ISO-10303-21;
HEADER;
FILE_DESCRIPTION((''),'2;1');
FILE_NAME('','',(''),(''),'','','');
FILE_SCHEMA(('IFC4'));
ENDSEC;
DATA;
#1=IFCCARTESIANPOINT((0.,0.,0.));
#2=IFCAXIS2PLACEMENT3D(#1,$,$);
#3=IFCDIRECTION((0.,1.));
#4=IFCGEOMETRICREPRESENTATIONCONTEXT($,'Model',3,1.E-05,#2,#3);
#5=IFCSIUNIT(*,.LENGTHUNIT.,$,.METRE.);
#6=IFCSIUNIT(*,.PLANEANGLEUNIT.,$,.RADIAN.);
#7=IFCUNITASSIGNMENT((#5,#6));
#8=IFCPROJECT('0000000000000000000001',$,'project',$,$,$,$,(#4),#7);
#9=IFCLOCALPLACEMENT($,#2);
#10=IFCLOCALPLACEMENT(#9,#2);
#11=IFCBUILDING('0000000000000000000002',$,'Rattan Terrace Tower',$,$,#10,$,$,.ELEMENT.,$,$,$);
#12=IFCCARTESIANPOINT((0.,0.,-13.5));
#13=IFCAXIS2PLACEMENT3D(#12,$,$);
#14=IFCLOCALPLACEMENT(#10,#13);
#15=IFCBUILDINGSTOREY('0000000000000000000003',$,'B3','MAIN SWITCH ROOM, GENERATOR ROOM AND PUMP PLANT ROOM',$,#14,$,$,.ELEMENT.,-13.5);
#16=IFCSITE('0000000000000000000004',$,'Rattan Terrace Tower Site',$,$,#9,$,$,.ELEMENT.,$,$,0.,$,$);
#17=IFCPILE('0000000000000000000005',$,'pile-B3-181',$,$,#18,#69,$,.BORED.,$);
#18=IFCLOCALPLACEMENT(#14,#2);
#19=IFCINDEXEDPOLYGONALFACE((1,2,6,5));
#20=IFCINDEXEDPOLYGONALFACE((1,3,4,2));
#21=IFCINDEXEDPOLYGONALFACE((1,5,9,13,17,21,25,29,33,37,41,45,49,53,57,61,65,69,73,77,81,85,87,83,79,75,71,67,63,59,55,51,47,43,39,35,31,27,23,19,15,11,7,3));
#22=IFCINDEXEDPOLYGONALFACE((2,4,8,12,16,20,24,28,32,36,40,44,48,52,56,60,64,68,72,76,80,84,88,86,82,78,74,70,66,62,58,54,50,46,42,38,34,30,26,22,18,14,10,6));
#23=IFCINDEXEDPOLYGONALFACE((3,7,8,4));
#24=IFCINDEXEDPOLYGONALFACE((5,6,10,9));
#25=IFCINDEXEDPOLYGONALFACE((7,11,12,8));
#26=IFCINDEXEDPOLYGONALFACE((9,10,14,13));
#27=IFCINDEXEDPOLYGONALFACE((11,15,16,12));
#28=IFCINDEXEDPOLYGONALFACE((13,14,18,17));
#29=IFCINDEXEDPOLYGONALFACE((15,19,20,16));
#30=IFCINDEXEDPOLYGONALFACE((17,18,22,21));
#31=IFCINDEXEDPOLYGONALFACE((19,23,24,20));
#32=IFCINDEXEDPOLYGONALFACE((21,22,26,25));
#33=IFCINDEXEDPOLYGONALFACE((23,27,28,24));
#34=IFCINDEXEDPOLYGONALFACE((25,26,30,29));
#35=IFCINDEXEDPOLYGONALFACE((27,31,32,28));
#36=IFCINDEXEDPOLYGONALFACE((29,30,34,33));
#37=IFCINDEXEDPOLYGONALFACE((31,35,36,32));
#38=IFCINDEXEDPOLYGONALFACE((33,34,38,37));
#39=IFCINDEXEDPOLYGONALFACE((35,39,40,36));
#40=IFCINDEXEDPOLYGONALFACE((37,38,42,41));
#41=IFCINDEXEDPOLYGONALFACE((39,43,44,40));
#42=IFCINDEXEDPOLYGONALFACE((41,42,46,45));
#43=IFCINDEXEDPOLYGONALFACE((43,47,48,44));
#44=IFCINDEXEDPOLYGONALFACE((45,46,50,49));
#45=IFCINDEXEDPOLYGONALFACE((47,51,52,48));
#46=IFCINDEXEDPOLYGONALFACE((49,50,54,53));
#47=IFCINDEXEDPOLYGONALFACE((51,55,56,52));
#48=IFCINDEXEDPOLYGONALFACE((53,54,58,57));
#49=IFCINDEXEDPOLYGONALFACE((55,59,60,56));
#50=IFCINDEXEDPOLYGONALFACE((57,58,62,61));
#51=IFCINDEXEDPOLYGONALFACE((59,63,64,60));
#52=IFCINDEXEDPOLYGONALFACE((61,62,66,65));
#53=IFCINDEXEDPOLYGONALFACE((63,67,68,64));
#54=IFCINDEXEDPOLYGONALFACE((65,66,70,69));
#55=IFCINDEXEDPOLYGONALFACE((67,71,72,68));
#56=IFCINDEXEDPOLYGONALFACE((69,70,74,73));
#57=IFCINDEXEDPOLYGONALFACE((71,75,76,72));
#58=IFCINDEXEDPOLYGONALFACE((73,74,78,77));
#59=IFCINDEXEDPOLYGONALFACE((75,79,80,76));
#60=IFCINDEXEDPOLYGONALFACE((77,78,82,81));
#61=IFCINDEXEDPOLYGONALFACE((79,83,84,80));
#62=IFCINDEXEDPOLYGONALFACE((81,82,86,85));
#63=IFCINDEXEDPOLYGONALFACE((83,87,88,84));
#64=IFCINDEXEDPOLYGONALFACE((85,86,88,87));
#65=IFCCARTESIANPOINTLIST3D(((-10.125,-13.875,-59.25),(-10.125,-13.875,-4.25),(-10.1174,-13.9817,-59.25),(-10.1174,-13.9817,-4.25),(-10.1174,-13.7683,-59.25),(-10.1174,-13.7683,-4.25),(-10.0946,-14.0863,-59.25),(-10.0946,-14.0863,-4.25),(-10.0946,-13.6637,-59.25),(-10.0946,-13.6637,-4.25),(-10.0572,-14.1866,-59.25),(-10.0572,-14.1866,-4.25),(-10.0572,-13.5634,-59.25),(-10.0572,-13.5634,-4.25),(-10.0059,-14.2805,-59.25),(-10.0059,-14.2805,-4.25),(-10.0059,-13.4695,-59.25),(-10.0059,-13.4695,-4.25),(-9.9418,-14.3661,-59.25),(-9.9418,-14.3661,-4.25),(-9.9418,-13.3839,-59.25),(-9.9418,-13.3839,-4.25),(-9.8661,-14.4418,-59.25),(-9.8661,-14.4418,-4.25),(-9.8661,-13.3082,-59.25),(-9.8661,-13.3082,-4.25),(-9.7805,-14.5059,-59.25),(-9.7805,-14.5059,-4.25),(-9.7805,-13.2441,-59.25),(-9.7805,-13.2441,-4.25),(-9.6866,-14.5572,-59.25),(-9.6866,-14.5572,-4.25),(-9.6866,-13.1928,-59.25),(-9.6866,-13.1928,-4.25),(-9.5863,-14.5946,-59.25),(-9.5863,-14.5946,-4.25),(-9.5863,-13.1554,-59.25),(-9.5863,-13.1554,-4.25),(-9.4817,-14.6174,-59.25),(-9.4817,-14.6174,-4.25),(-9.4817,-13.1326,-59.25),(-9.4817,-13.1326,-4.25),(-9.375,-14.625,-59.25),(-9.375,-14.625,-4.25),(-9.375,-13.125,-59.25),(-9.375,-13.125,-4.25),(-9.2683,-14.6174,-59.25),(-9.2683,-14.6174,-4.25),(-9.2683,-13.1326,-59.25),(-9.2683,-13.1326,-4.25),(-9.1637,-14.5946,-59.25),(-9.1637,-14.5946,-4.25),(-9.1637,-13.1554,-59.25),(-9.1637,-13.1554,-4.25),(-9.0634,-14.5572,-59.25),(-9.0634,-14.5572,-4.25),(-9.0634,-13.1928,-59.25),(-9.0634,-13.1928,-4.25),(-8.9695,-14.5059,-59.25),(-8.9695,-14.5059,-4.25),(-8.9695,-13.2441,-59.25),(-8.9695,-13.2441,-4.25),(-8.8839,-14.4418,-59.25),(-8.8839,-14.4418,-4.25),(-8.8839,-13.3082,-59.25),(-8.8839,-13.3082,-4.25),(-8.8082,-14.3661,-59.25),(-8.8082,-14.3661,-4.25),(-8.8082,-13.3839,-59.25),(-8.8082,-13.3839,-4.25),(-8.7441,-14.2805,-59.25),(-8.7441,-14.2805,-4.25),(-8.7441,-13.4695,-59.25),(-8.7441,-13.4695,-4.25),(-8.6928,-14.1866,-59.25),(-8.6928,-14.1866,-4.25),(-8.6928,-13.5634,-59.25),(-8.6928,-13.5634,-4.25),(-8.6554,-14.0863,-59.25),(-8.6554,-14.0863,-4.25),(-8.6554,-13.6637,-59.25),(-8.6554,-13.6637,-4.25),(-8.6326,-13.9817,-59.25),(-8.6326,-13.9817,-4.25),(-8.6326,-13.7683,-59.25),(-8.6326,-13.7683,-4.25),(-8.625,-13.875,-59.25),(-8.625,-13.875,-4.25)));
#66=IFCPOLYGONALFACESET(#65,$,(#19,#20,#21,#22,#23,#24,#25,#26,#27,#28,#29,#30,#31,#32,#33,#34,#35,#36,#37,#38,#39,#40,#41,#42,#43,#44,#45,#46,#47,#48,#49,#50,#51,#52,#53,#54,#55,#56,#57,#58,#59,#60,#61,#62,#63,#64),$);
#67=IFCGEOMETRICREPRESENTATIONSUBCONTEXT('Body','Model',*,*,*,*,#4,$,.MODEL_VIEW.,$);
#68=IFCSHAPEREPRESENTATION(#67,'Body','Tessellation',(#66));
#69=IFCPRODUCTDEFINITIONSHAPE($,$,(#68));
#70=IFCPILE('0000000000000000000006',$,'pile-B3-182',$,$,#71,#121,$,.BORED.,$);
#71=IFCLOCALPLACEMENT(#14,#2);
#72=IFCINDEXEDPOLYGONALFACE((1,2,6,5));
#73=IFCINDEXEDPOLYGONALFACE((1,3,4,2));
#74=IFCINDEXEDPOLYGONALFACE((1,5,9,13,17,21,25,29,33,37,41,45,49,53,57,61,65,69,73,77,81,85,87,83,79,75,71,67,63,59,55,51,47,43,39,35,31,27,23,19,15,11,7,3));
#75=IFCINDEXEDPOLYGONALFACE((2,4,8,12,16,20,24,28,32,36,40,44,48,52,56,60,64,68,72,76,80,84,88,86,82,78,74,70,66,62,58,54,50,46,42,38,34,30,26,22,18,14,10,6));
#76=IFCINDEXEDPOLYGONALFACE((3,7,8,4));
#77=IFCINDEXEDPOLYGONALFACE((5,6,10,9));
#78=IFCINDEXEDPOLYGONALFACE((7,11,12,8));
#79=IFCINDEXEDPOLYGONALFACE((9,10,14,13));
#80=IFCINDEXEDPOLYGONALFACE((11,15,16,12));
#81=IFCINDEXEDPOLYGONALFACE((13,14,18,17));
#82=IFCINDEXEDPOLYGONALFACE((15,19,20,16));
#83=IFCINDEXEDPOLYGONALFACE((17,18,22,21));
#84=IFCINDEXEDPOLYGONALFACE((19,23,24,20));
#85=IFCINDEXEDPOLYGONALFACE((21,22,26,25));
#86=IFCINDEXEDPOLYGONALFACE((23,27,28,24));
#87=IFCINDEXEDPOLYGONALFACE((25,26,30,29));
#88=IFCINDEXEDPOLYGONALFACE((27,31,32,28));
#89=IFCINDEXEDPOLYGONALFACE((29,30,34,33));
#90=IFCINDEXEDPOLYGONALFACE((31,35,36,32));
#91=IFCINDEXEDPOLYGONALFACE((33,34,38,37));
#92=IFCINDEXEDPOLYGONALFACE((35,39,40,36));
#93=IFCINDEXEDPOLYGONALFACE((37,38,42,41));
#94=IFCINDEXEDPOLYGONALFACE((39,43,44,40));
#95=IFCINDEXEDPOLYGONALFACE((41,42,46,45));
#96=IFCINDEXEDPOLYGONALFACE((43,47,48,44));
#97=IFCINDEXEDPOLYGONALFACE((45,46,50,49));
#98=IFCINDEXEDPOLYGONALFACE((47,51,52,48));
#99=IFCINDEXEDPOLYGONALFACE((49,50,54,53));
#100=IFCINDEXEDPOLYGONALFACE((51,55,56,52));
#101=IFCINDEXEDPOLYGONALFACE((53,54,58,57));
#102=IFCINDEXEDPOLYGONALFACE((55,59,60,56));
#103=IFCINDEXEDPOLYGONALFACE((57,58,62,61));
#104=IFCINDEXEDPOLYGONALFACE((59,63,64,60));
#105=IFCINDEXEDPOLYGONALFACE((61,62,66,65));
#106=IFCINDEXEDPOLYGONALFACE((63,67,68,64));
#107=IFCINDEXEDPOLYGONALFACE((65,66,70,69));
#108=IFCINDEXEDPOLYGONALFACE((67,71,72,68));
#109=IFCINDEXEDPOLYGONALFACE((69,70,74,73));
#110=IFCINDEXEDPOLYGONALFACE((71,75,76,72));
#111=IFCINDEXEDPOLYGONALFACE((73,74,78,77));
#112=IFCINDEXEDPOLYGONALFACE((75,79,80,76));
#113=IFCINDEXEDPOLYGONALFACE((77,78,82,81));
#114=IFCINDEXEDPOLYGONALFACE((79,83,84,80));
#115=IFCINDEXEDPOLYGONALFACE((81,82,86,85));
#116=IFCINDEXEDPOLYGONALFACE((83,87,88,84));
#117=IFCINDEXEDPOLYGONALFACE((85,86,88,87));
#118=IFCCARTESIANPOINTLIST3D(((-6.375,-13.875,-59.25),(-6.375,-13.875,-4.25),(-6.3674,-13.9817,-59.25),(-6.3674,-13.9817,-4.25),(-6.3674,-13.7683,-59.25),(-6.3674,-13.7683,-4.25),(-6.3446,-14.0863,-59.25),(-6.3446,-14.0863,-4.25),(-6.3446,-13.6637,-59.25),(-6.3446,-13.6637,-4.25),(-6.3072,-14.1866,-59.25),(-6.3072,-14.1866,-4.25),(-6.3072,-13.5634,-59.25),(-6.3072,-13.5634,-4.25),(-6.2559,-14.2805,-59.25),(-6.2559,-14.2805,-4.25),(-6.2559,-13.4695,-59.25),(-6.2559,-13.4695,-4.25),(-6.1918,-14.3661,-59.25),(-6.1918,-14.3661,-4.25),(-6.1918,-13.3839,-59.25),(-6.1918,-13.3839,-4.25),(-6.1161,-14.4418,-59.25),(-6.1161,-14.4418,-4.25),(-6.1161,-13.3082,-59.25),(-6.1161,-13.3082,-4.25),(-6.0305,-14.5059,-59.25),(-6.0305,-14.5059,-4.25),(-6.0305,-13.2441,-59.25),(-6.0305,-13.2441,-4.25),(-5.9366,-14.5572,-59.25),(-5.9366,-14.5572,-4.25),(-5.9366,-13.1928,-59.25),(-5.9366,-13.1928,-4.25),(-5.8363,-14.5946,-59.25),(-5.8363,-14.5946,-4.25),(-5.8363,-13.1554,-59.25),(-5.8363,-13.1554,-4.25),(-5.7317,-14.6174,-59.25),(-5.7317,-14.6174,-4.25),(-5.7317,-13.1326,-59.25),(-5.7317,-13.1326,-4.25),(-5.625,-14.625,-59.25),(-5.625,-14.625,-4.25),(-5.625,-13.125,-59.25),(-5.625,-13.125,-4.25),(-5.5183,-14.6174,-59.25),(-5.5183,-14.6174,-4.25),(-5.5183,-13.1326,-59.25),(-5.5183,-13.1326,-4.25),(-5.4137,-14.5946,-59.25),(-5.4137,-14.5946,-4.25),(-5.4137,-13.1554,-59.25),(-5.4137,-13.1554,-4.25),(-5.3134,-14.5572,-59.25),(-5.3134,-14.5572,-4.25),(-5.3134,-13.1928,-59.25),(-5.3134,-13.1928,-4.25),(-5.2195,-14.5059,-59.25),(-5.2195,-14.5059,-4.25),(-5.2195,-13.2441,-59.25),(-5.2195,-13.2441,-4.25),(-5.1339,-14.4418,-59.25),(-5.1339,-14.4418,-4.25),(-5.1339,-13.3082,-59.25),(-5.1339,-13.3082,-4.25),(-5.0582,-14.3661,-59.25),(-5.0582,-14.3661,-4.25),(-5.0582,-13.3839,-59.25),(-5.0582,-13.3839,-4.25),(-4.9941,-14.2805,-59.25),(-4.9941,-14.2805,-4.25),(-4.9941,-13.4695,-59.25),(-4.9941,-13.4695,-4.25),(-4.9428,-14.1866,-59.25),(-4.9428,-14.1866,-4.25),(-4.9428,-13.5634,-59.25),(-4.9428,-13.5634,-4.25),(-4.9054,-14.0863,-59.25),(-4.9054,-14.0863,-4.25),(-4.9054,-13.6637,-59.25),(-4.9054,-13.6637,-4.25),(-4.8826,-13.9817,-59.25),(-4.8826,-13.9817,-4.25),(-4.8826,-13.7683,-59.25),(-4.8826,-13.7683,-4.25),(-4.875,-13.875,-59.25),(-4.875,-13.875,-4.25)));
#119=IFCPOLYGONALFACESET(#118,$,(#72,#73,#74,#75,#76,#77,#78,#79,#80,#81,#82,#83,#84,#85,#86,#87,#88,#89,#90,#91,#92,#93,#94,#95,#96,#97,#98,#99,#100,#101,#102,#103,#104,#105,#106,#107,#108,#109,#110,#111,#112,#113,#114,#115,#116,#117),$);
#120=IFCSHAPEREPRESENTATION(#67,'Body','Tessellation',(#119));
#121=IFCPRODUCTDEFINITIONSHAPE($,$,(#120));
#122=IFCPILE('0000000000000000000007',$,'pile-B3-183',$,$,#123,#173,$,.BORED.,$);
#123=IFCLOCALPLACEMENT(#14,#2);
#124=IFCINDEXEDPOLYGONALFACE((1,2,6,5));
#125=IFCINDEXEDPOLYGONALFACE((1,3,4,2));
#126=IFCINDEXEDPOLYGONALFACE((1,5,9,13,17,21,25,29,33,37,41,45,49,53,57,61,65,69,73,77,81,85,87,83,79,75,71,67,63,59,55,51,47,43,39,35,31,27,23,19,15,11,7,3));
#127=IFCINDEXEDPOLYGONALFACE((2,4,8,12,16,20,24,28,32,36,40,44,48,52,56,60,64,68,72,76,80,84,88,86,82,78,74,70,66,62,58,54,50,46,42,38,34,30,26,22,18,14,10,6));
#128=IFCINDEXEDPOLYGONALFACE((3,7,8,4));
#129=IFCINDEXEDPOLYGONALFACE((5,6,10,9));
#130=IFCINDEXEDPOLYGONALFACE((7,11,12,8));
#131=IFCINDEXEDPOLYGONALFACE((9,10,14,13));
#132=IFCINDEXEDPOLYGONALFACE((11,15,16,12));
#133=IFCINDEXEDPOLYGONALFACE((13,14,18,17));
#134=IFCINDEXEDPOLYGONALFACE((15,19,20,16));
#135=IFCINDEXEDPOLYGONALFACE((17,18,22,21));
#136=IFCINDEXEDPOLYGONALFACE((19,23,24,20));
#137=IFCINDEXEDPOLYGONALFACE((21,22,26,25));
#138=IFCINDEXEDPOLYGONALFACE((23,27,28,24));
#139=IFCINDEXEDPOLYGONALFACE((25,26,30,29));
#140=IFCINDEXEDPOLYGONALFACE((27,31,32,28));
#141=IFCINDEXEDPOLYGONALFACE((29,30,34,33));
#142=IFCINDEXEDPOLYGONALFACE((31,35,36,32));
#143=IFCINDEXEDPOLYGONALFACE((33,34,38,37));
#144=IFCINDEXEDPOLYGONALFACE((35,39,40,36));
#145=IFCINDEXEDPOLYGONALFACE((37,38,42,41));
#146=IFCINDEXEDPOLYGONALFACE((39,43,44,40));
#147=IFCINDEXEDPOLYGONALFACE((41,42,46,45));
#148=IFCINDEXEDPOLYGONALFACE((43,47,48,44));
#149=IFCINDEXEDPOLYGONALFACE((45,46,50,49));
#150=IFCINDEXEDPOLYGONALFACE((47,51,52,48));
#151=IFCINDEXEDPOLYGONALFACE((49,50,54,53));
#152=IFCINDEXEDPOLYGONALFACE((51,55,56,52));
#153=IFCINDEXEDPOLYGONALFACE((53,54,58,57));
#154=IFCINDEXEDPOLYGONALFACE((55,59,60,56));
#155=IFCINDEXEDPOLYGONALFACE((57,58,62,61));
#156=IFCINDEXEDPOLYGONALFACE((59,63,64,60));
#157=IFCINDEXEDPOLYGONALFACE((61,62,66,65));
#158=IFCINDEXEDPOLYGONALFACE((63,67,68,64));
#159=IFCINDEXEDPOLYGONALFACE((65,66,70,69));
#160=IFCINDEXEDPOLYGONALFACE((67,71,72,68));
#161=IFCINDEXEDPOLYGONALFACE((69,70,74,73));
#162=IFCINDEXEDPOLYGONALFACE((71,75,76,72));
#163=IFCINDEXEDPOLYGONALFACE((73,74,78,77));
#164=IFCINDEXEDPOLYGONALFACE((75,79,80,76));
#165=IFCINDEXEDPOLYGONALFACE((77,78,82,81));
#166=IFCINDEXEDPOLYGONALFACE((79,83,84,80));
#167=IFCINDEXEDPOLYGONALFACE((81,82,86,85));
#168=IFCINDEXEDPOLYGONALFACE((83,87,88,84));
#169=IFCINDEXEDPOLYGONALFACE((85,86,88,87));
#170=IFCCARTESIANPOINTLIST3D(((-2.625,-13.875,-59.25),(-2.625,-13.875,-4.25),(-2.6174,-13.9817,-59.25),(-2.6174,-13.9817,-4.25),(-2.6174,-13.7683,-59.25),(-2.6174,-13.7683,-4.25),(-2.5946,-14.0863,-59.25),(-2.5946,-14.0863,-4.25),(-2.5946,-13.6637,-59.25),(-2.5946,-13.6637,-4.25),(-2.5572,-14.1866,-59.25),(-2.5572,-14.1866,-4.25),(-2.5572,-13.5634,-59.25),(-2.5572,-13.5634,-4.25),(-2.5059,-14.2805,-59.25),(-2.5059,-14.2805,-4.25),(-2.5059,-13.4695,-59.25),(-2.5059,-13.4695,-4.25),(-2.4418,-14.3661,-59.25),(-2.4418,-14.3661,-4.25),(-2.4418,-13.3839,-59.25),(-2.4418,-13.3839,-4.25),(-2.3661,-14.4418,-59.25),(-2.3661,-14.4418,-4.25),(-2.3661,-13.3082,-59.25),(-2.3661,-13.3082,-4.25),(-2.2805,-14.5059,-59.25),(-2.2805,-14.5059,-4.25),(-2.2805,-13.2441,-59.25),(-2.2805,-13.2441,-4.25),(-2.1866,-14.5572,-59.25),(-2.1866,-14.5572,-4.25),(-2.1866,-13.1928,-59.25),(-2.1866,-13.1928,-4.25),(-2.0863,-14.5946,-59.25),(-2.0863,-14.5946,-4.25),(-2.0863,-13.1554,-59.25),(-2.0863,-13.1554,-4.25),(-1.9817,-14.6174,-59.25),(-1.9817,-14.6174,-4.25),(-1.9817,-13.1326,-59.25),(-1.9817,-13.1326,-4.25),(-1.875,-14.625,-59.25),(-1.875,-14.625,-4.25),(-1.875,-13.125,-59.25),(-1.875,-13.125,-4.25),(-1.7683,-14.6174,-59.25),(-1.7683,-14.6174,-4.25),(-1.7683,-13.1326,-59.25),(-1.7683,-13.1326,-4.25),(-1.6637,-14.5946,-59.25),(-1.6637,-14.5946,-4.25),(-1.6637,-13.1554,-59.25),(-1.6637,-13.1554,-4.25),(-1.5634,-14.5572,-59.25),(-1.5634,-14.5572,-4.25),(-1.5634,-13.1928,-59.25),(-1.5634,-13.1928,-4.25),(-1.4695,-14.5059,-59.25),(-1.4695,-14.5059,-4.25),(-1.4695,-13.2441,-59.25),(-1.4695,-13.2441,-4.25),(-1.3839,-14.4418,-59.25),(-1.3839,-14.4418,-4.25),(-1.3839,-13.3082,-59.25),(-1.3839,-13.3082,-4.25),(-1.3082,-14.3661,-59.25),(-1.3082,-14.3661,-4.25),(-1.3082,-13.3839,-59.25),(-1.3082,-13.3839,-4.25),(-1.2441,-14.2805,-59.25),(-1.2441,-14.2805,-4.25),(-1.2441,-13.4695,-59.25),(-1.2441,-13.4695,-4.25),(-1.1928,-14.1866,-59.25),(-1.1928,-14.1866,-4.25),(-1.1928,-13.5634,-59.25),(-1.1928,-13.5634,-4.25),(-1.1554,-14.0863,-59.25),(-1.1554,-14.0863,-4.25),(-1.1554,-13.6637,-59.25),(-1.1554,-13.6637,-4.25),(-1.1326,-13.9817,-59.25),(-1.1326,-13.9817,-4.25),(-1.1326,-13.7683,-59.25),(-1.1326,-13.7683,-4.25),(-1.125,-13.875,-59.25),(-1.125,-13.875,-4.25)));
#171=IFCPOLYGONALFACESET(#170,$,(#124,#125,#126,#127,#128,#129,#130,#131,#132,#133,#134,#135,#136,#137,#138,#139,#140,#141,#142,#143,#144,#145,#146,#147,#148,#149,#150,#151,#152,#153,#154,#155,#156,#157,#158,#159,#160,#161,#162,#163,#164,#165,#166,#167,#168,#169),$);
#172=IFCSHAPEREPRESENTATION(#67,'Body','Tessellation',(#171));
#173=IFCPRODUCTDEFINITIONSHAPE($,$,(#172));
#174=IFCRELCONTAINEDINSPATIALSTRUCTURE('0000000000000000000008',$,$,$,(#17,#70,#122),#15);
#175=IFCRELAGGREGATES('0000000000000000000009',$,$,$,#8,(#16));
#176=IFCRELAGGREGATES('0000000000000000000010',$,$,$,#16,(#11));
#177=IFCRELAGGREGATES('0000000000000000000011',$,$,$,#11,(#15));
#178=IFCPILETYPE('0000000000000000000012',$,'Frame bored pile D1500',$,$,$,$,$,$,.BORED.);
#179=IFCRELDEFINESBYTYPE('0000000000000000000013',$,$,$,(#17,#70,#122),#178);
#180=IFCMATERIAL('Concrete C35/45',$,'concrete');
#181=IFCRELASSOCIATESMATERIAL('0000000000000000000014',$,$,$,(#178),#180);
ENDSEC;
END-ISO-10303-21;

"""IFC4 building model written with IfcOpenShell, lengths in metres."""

from ifc_helpers import new_model, si_unit, direction, frame, origin, origin_2d, place, context, subcontext, project, spatial, circle, extrude, material, material_profile, profile_set, type_object, element, save


model = new_model("IFC4")

# Units and contexts
model_context = context("Model", 3, precision=1e-05, world=origin(), true_north=direction((0.0, 1.0)))
body_context = subcontext(model_context, "Body", "Model", "MODEL_VIEW")
ifc_project = project(units=[si_unit("LENGTHUNIT", "METRE"), si_unit("PLANEANGLEUNIT", "RADIAN")], contexts=[model_context])

# Site, building, storey
site_placement = place(None, origin())
site = spatial("IfcSite", under=ifc_project, at=site_placement, Name="Rattan Terrace Tower Site", CompositionType="ELEMENT", RefElevation=0.0)
building_placement = place(site_placement, origin())
building = spatial("IfcBuilding", under=site, at=building_placement, Name="Rattan Terrace Tower", CompositionType="ELEMENT")
storey_placement = place(building_placement, frame((0.0, 0.0, -13.5)))
storey = spatial("IfcBuildingStorey", under=building, at=storey_placement, Name="B3", Description="MAIN SWITCH ROOM, GENERATOR ROOM AND PUMP PLANT ROOM", CompositionType="ELEMENT", Elevation=-13.5)

# Piles
ifc_material_1 = material(Name="Concrete C35/45", Category="concrete")
ifc_material_profile = material_profile(ifc_material_1, circle(Radius=0.75, at=origin_2d()), Name="PILE D1500")
ifc_profile_set = profile_set([ifc_material_profile], Name="Concrete C35/45")
pile_type = type_object("IfcPileType", Name="Frame bored pile D1500", PredefinedType="BORED", material=ifc_profile_set)
for number, where, z_axis, x_axis, name in (
    (1, (-9.375, -13.875, -4.25), (0.0, 0.0, -1.0), (1.0, 0.0, 0.0), "pile-B3-181"),
    (2, (-5.625, -13.875, -4.25), (0.0, 0.0, -1.0), (1.0, 0.0, 0.0), "pile-B3-182"),
    (3, (-1.875, -13.875, -4.25), (0.0, 0.0, -1.0), (1.0, 0.0, 0.0), "pile-B3-183"),
):
    element("IfcPile", number, at=place(storey_placement, frame(where, z_axis=z_axis, x_axis=x_axis)), inside=storey, type_object=pile_type, Name=name, PredefinedType="BORED", context=body_context, shape_type="SweptSolid", body=[
        extrude(circle(Radius=0.75, at=origin_2d()), origin(), (0.0, 0.0, 1.0), 55.0),
    ])

save(model, "model.ifc")
